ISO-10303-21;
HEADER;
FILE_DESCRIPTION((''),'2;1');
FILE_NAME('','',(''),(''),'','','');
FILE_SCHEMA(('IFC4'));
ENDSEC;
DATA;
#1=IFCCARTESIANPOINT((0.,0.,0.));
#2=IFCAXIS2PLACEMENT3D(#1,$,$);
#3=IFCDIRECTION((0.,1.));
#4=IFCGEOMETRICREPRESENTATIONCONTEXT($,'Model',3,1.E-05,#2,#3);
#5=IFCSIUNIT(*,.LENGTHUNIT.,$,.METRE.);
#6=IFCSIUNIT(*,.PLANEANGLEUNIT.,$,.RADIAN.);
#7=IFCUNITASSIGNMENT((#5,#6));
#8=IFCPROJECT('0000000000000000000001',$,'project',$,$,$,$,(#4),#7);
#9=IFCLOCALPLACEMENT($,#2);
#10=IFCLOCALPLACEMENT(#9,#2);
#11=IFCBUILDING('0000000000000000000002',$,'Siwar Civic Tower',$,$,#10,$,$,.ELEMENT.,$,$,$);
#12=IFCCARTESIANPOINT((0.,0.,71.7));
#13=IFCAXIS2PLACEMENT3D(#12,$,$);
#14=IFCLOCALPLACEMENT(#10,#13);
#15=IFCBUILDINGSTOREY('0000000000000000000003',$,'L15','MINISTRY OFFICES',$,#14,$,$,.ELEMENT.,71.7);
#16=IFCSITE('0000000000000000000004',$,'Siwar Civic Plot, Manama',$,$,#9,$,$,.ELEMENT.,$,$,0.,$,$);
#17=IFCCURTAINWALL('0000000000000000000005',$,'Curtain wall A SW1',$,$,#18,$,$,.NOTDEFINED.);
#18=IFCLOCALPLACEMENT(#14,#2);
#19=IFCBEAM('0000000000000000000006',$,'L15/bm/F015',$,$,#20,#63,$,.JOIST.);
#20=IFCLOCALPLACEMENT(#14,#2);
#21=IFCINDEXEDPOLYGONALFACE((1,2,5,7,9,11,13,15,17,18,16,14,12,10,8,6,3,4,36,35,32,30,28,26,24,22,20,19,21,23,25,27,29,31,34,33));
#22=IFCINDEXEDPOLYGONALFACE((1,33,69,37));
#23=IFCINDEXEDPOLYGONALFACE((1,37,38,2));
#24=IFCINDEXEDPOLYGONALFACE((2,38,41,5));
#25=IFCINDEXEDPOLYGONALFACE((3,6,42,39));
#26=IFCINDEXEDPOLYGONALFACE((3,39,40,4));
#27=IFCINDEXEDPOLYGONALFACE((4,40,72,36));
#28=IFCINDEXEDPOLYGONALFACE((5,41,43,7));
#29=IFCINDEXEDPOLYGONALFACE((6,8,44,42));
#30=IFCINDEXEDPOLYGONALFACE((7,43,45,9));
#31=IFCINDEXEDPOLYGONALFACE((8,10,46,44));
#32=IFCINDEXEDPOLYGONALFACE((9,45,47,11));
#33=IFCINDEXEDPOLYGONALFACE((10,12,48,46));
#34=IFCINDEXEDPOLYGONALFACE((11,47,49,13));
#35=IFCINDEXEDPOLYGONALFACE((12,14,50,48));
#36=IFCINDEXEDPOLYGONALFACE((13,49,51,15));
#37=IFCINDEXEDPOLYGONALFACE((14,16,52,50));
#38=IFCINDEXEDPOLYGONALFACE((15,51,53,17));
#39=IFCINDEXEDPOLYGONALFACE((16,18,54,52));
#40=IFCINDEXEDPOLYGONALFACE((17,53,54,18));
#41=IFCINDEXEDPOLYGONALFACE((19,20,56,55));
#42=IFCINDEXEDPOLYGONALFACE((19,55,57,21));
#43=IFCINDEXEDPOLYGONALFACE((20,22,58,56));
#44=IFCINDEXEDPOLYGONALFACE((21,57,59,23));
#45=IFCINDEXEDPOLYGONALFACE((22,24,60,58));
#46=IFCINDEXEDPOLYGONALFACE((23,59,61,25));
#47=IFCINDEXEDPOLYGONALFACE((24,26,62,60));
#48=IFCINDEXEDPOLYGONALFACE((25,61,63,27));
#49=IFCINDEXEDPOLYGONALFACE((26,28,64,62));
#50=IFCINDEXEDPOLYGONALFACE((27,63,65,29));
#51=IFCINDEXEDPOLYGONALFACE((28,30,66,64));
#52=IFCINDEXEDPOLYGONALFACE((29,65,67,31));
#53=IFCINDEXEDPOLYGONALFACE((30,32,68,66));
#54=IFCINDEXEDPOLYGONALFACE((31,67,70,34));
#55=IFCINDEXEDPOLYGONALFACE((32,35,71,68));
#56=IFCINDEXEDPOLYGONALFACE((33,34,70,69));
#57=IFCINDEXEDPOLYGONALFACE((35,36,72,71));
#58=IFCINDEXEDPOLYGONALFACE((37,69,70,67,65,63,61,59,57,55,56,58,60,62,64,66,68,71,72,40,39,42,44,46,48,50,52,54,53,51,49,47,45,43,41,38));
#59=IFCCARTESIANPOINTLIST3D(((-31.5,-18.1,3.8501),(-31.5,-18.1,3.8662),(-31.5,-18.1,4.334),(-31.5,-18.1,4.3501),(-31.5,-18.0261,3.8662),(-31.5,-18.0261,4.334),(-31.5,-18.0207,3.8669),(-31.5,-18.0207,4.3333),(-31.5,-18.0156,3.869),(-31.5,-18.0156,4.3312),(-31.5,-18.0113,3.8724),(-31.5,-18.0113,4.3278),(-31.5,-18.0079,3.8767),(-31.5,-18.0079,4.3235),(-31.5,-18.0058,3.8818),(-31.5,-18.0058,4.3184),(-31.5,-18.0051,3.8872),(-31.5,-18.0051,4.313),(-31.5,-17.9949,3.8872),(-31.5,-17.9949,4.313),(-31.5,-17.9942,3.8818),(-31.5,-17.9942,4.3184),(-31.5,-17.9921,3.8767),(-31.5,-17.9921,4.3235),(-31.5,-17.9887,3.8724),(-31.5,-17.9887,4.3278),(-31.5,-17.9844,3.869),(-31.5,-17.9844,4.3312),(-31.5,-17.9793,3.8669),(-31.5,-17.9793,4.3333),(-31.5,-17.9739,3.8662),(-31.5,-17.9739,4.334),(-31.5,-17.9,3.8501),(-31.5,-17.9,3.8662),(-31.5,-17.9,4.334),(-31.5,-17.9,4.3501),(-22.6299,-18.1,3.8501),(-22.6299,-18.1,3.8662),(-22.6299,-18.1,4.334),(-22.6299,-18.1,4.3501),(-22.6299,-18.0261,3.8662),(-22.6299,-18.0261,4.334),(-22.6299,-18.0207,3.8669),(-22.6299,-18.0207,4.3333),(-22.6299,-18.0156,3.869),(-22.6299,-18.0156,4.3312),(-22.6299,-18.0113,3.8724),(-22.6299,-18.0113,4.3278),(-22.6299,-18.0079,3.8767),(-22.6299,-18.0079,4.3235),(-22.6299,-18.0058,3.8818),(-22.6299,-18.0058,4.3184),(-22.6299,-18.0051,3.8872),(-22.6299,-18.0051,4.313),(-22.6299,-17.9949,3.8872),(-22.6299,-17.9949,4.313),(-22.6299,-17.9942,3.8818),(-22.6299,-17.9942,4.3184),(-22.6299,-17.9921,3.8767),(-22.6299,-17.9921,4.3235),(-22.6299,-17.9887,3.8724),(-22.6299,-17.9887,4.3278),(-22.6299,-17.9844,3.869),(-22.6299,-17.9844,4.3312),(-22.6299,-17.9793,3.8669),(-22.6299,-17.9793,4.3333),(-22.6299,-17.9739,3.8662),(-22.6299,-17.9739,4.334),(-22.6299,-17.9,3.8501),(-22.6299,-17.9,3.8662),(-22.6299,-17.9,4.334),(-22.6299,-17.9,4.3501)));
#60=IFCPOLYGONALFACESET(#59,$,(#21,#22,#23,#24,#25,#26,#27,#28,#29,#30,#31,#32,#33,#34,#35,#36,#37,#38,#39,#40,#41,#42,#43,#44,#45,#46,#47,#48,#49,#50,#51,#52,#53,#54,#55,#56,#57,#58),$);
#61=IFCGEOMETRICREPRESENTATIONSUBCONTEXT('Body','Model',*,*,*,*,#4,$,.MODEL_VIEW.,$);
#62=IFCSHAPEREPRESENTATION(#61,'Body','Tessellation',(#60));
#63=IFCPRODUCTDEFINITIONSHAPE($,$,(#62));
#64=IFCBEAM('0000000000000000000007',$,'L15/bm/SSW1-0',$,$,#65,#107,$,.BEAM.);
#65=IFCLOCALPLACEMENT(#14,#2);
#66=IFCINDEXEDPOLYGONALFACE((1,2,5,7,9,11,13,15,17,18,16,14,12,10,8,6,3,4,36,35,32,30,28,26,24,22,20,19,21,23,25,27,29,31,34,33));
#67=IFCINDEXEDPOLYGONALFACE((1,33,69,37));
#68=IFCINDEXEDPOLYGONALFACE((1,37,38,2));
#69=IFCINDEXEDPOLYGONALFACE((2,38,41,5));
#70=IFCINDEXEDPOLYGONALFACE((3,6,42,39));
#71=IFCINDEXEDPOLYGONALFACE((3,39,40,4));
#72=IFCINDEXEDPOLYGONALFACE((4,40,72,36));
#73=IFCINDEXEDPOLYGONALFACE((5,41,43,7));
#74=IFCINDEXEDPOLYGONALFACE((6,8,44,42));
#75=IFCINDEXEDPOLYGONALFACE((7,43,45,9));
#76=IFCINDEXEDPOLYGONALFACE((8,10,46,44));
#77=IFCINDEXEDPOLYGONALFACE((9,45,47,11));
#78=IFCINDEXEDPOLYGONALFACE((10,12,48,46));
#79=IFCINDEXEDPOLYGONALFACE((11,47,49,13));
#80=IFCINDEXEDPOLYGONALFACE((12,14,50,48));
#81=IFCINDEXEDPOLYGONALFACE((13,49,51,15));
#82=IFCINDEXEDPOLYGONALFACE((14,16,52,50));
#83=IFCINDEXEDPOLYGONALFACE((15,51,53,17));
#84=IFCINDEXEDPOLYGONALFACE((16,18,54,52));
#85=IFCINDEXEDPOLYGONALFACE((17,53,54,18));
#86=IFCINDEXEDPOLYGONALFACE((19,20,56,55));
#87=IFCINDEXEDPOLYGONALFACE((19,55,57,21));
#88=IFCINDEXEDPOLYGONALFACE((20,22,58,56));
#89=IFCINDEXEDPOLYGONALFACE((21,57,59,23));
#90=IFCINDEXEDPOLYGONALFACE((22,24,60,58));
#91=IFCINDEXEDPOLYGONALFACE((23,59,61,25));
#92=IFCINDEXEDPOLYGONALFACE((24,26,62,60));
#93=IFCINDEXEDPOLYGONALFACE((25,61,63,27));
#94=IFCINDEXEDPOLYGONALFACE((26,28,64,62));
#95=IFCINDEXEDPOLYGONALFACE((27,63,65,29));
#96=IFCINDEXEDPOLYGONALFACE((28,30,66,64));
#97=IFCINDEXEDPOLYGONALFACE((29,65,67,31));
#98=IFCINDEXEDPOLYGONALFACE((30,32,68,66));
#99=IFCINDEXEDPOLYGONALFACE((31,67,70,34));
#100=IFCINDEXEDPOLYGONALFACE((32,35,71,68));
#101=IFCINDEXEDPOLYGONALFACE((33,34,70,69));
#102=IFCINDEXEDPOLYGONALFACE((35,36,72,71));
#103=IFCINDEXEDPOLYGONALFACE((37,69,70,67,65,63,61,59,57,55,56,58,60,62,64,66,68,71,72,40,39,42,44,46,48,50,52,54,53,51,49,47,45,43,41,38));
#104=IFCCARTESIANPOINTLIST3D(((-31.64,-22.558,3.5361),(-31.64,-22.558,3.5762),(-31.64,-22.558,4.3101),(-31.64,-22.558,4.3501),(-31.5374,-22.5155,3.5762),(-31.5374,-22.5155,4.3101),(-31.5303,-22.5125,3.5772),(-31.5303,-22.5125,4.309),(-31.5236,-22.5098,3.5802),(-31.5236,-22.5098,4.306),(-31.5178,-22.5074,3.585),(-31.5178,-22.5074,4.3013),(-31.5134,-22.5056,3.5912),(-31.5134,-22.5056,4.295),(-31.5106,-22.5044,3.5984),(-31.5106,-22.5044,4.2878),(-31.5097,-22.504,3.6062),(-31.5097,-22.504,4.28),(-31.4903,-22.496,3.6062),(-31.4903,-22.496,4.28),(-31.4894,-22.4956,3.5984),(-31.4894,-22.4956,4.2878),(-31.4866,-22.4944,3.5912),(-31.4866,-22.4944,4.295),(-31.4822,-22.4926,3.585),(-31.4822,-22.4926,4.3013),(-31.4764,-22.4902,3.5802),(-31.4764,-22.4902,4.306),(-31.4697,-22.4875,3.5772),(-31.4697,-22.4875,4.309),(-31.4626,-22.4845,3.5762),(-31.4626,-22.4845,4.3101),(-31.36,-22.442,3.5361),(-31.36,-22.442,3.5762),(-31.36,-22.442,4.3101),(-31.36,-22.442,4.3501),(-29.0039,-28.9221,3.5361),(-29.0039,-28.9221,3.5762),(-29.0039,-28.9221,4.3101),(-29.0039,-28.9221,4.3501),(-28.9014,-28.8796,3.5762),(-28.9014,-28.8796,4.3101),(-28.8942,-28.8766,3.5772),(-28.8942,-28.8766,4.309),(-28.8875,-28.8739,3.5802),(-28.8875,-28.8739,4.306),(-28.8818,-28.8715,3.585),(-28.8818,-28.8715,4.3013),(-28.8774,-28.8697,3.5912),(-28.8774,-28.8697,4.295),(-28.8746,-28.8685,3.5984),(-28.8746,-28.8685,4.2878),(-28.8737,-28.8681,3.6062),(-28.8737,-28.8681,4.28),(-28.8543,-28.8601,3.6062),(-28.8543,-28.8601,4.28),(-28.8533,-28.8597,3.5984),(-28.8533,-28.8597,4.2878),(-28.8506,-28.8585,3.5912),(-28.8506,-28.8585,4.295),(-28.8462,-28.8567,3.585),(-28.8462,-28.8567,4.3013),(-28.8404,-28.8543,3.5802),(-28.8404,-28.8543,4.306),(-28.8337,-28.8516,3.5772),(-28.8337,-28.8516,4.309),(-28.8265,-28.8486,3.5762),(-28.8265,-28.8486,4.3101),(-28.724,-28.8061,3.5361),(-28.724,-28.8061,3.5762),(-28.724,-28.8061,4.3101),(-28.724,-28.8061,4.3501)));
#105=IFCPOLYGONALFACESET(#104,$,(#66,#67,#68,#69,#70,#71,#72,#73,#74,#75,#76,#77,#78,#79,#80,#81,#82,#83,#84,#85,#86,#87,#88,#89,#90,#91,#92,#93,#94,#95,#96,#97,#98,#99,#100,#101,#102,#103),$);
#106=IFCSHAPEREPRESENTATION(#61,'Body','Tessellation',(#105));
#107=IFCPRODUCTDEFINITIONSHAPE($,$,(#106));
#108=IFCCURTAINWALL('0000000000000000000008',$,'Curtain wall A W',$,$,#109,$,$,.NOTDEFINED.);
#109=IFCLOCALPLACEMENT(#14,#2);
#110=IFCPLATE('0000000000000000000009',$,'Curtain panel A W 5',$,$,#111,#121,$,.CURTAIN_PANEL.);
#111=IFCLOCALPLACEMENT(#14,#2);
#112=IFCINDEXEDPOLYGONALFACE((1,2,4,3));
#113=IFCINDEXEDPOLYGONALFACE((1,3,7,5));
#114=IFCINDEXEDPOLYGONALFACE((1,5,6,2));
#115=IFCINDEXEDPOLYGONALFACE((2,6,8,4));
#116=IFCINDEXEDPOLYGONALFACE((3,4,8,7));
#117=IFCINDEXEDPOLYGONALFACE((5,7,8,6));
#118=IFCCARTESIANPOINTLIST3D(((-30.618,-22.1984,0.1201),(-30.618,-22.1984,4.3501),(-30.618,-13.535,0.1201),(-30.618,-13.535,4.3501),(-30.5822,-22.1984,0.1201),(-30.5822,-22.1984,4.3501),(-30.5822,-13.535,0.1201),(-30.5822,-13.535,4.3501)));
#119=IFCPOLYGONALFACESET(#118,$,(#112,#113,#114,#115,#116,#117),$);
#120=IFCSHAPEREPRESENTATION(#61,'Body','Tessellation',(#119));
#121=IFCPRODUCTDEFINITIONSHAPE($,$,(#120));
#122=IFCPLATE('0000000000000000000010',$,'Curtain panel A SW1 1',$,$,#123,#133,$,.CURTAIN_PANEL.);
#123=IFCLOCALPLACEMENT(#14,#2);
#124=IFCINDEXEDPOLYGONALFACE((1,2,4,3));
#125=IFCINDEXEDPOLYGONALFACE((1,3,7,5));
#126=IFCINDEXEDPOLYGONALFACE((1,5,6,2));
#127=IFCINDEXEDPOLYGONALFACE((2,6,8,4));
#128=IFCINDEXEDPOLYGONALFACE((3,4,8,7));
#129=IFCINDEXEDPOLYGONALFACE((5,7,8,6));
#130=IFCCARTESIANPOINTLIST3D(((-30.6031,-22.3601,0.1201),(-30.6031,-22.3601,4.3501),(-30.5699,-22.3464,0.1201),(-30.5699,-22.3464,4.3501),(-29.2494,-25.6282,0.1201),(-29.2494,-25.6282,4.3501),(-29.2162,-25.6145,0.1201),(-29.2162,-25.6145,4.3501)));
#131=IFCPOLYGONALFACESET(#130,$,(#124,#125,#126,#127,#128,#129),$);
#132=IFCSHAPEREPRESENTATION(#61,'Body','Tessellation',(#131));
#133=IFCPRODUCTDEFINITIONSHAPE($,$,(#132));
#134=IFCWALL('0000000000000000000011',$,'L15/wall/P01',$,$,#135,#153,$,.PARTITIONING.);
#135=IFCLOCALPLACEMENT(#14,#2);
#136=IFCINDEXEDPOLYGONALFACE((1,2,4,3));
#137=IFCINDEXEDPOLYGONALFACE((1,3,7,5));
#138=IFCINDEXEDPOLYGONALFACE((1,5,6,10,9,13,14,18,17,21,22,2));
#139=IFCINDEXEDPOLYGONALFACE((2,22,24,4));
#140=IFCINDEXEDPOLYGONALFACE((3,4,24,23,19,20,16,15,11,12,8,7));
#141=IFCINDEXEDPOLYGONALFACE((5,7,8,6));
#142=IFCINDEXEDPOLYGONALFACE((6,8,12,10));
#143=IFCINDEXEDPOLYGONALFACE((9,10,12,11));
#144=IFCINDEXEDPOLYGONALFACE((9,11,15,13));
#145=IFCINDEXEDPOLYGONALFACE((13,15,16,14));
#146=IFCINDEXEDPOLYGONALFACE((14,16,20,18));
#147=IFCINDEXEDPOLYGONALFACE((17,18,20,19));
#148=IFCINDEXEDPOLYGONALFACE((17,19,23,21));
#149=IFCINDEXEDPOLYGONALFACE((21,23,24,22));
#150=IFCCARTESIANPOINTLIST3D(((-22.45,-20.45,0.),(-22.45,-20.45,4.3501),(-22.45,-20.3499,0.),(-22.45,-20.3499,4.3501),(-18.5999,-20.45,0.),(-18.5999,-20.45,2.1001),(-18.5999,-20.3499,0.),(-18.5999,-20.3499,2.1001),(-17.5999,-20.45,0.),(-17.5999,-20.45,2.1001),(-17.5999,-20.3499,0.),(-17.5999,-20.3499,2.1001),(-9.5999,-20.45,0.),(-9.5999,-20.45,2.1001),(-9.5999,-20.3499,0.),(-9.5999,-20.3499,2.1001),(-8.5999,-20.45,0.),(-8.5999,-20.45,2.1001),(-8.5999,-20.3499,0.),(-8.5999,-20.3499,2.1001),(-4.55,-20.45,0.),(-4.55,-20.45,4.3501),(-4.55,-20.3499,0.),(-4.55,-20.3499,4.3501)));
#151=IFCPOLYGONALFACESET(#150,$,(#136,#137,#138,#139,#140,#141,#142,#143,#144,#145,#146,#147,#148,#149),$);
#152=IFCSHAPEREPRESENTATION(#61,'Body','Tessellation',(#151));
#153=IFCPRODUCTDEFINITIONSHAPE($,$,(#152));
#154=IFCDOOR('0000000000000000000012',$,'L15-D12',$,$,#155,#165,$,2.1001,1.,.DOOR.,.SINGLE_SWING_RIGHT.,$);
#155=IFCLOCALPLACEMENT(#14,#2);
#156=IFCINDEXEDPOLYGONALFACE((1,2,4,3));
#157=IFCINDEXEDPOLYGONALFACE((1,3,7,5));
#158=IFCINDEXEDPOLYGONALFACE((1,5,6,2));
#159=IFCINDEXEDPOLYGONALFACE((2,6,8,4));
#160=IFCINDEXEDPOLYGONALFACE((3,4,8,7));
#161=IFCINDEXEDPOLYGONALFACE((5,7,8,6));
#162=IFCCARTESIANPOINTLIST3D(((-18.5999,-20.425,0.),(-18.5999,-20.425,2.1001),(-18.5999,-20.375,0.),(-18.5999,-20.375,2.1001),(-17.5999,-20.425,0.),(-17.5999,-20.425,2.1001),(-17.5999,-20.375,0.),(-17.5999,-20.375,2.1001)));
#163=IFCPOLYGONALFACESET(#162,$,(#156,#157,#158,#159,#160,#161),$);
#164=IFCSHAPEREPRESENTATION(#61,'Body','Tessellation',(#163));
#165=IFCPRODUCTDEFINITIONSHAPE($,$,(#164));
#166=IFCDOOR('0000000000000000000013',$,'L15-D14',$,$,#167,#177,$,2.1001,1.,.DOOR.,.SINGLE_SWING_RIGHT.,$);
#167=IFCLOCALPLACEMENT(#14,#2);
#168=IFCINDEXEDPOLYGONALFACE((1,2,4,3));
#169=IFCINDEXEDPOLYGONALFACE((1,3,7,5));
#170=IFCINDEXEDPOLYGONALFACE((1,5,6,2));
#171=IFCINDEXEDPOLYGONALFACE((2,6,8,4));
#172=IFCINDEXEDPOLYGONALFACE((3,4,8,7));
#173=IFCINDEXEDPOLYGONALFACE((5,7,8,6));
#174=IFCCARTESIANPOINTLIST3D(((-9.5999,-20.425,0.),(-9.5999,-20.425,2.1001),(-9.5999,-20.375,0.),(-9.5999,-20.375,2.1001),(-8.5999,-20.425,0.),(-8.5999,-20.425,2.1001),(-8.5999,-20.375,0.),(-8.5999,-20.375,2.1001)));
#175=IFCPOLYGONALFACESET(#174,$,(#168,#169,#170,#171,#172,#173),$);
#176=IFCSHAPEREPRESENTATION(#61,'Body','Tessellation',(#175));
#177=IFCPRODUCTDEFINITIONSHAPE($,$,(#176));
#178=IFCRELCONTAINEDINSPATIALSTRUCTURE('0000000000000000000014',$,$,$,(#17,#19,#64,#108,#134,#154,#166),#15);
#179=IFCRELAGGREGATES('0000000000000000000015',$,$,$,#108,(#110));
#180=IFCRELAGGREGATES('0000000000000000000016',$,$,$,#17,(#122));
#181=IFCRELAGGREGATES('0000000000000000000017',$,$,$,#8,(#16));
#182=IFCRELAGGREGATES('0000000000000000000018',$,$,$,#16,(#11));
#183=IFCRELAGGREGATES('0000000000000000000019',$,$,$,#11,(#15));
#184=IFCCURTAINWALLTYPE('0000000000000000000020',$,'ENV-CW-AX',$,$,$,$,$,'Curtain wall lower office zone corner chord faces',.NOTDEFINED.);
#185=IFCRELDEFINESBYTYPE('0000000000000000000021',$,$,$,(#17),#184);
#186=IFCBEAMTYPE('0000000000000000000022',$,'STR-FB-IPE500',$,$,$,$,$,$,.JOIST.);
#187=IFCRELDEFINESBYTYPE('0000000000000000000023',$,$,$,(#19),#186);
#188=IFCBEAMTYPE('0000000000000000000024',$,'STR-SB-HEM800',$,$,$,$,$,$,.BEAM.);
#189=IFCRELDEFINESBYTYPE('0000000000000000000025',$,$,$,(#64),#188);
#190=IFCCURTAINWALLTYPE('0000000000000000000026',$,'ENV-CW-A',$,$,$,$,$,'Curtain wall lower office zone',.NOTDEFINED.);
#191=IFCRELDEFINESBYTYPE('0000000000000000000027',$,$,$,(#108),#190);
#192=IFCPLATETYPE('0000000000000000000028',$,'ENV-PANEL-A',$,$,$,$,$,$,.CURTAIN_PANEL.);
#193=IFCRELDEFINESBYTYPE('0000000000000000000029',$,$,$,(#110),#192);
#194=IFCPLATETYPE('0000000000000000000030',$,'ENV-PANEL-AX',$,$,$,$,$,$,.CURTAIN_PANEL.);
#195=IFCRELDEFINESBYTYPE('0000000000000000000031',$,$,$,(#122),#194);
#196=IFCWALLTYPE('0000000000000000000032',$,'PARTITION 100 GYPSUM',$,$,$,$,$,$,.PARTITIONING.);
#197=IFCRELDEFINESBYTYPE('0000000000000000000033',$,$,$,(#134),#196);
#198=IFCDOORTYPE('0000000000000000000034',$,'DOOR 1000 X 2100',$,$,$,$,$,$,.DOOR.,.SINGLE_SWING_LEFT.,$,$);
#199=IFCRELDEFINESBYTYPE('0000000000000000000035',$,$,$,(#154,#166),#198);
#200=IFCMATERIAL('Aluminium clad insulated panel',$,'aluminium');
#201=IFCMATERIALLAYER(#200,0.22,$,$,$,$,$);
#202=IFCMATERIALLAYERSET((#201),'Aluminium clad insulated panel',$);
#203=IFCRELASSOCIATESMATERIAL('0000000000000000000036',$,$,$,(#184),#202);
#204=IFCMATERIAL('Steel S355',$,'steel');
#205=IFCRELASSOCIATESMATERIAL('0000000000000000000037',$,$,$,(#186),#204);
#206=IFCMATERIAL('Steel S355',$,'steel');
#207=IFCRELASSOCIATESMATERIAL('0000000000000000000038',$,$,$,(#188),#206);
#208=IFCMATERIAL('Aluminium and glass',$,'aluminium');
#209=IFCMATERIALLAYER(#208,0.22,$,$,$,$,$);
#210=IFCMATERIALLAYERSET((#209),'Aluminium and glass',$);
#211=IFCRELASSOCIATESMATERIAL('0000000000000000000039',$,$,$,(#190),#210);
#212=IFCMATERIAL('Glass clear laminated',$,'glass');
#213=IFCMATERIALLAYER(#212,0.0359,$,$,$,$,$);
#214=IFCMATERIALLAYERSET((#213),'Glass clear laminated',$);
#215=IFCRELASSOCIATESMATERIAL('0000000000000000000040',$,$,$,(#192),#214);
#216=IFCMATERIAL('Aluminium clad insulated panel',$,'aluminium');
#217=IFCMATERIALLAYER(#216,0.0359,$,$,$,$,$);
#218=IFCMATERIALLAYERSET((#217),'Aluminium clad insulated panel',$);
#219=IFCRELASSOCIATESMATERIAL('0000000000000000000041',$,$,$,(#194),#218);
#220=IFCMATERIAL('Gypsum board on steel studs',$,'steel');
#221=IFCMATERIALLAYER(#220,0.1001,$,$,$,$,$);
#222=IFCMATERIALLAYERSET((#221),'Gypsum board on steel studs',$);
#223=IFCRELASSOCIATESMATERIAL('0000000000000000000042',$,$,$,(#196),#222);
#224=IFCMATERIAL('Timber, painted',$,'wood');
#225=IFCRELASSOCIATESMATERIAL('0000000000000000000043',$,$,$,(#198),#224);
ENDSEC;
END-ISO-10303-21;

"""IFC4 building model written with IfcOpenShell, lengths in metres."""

from ifc_helpers import new_model, si_unit, direction, frame, frame_2d, origin, origin_2d, place, context, subcontext, project, spatial, rectangle, i_section, extrude, material, layer, layer_set, material_profile, profile_set, type_object, element, fill, aggregate, save


model = new_model("IFC4")

# Units and contexts
model_context = context("Model", 3, precision=1e-05, world=origin(), true_north=direction((0.0, 1.0)))
body_context = subcontext(model_context, "Body", "Model", "MODEL_VIEW")
ifc_project = project(units=[si_unit("LENGTHUNIT", "METRE"), si_unit("PLANEANGLEUNIT", "RADIAN")], contexts=[model_context])

# Site, building, storey
site_placement = place(None, origin())
site = spatial("IfcSite", under=ifc_project, at=site_placement, Name="Siwar Civic Plot, Manama", CompositionType="ELEMENT", RefElevation=0.0)
building_placement = place(site_placement, origin())
building = spatial("IfcBuilding", under=site, at=building_placement, Name="Siwar Civic Tower", CompositionType="ELEMENT")
storey_placement = place(building_placement, frame((0.0, 0.0, 71.7)))
storey = spatial("IfcBuildingStorey", under=building, at=storey_placement, Name="L15", Description="MINISTRY OFFICES", CompositionType="ELEMENT", Elevation=71.7)

# Curtain wall
ifc_material_1 = material(Name="Aluminium clad insulated panel", Category="aluminium")
ifc_layer_1 = layer(ifc_material_1, 0.22)
ifc_layer_set_1 = layer_set([ifc_layer_1], Name="Aluminium clad insulated panel")
curtain_wall_type_1 = type_object("IfcCurtainWallType", Name="ENV-CW-AX", ElementType="Curtain wall lower office zone corner chord faces", PredefinedType="NOTDEFINED", material=ifc_layer_set_1)
curtain_wall_1_placement = place(storey_placement, origin())
curtain_wall_1 = element("IfcCurtainWall", 1, at=curtain_wall_1_placement, inside=storey, type_object=curtain_wall_type_1, Name="Curtain wall A SW1", PredefinedType="NOTDEFINED")

# Beams
ifc_material_2 = material(Name="Steel S355", Category="steel")
ifc_material_profile_1 = material_profile(ifc_material_2, i_section(OverallWidth=0.2, OverallDepth=0.5, WebThickness=0.0103, FlangeThickness=0.0161, FilletRadius=0.021, at=origin_2d()), Name="IPE500")
ifc_profile_set_1 = profile_set([ifc_material_profile_1], Name="Steel S355")
beam_type_1 = type_object("IfcBeamType", Name="STR-FB-IPE500", PredefinedType="JOIST", material=ifc_profile_set_1)
beam_1_placement = place(storey_placement, frame((-31.5, -18.0, 4.1001), z_axis=(1.0, 0.0, 0.0), x_axis=(0.0, 1.0, 0.0)))
element("IfcBeam", 2, at=beam_1_placement, inside=storey, type_object=beam_type_1, Name="L15/bm/F015", PredefinedType="JOIST", context=body_context, shape_type="SweptSolid", body=[
    extrude(i_section(OverallWidth=0.2, OverallDepth=0.5, WebThickness=0.0103, FlangeThickness=0.0161, FilletRadius=0.021, at=origin_2d()), origin(), (0.0, 0.0, 1.0), 8.8701),
])
ifc_material_3 = material(Name="Steel S355", Category="steel")
ifc_material_profile_2 = material_profile(ifc_material_3, i_section(OverallWidth=0.303, OverallDepth=0.814, WebThickness=0.021, FlangeThickness=0.04, FilletRadius=0.03, at=origin_2d()), Name="HEM800")
ifc_profile_set_2 = profile_set([ifc_material_profile_2], Name="Steel S355")
beam_type_2 = type_object("IfcBeamType", Name="STR-SB-HEM800", PredefinedType="BEAM", material=ifc_profile_set_2)
beam_2_placement = place(storey_placement, frame((-31.5, -22.5, 3.9431), z_axis=(0.382674, -0.923883, 0.0), x_axis=(0.923883, 0.382674, 0.0)))
element("IfcBeam", 3, at=beam_2_placement, inside=storey, type_object=beam_type_2, Name="L15/bm/SSW1-0", PredefinedType="BEAM", context=body_context, shape_type="SweptSolid", body=[
    extrude(i_section(OverallWidth=0.303, OverallDepth=0.814, WebThickness=0.021, FlangeThickness=0.04, FilletRadius=0.03, at=origin_2d()), origin(), (0.0, 0.0, 1.0), 6.8884),
])

# Curtain wall, plate
ifc_material_4 = material(Name="Aluminium and glass", Category="aluminium")
ifc_layer_2 = layer(ifc_material_4, 0.22)
ifc_layer_set_2 = layer_set([ifc_layer_2], Name="Aluminium and glass")
curtain_wall_type_2 = type_object("IfcCurtainWallType", Name="ENV-CW-A", ElementType="Curtain wall lower office zone", PredefinedType="NOTDEFINED", material=ifc_layer_set_2)
curtain_wall_2_placement = place(storey_placement, origin())
curtain_wall_2 = element("IfcCurtainWall", 4, at=curtain_wall_2_placement, inside=storey, type_object=curtain_wall_type_2, Name="Curtain wall A W", PredefinedType="NOTDEFINED")
ifc_material_5 = material(Name="Glass clear laminated", Category="glass")
ifc_layer_3 = layer(ifc_material_5, 0.0359)
ifc_layer_set_3 = layer_set([ifc_layer_3], Name="Glass clear laminated")
plate_type_1 = type_object("IfcPlateType", Name="ENV-PANEL-A", PredefinedType="CURTAIN_PANEL", material=ifc_layer_set_3)
plate_1_placement = place(storey_placement, frame((-30.6001, -17.8667, 0.1201), z_axis=(0.0, 0.0, 1.0), x_axis=(0.0, -1.0, 0.0)))
plate_1 = element("IfcPlate", 5, at=plate_1_placement, type_object=plate_type_1, Name="Curtain panel A W 5", PredefinedType="CURTAIN_PANEL", context=body_context, shape_type="SweptSolid", body=[
    extrude(rectangle(XDim=8.6633, YDim=0.0359, at=origin_2d()), origin(), (0.0, 0.0, 1.0), 4.23),
])
aggregate(curtain_wall_2, [plate_1])

# Plate
ifc_material_6 = material(Name="Aluminium clad insulated panel", Category="aluminium")
ifc_layer_4 = layer(ifc_material_6, 0.0359)
ifc_layer_set_4 = layer_set([ifc_layer_4], Name="Aluminium clad insulated panel")
plate_type_2 = type_object("IfcPlateType", Name="ENV-PANEL-AX", PredefinedType="CURTAIN_PANEL", material=ifc_layer_set_4)
plate_2_placement = place(storey_placement, frame((-29.9097, -23.9873, 0.1201), z_axis=(0.0, 0.0, 1.0), x_axis=(0.382683, -0.92388, 0.0)))
plate_2 = element("IfcPlate", 6, at=plate_2_placement, type_object=plate_type_2, Name="Curtain panel A SW1 1", PredefinedType="CURTAIN_PANEL", context=body_context, shape_type="SweptSolid", body=[
    extrude(rectangle(XDim=3.5374, YDim=0.0359, at=origin_2d()), origin(), (0.0, 0.0, 1.0), 4.23),
])
aggregate(curtain_wall_1, [plate_2])

# Wall, openings, doors
ifc_material_7 = material(Name="Gypsum board on steel studs", Category="steel")
ifc_layer_5 = layer(ifc_material_7, 0.1001)
ifc_layer_set_5 = layer_set([ifc_layer_5], Name="Gypsum board on steel studs")
wall_type = type_object("IfcWallType", Name="PARTITION 100 GYPSUM", PredefinedType="PARTITIONING", material=ifc_layer_set_5)
wall_placement = place(storey_placement, frame((-22.45, -20.3999, 0.0), z_axis=(0.0, 0.0, 1.0), x_axis=(1.0, 0.0, 0.0)))
wall = element("IfcWall", 7, at=wall_placement, inside=storey, type_object=wall_type, Name="L15/wall/P01", PredefinedType="PARTITIONING", context=body_context, shape_type="SweptSolid", body=[
    extrude(rectangle(XDim=17.8999, YDim=0.1001, at=frame_2d((8.95, 0.0))), origin(), (0.0, 0.0, 1.0), 4.3501),
])
opening_1_placement = place(wall_placement, frame((3.8501, 0.0, 0.0)))
opening_1 = element("IfcOpeningElement", 8, at=opening_1_placement, cuts=wall, PredefinedType="OPENING", context=body_context, shape_type="SweptSolid", body=[
    extrude(rectangle(XDim=1.0, YDim=2.1001, at=frame_2d((0.5, 1.05))), frame((0.0, 0.0601, 0.0), z_axis=(0.0, -1.0, 0.0), x_axis=(1.0, 0.0, 0.0)), (0.0, 0.0, 1.0), 0.1201),
])
opening_2_placement = place(wall_placement, frame((12.8501, 0.0, 0.0)))
opening_2 = element("IfcOpeningElement", 9, at=opening_2_placement, cuts=wall, PredefinedType="OPENING", context=body_context, shape_type="SweptSolid", body=[
    extrude(rectangle(XDim=1.0, YDim=2.1001, at=frame_2d((0.5, 1.05))), frame((0.0, 0.0601, 0.0), z_axis=(0.0, -1.0, 0.0), x_axis=(1.0, 0.0, 0.0)), (0.0, 0.0, 1.0), 0.1201),
])
ifc_material_8 = material(Name="Timber, painted", Category="wood")
door_type = type_object("IfcDoorType", Name="DOOR 1000 X 2100", OperationType="SINGLE_SWING_LEFT", PredefinedType="DOOR", material=ifc_material_8)
door_1_placement = place(opening_1_placement, origin())
door_1 = element("IfcDoor", 10, at=door_1_placement, inside=storey, type_object=door_type, Name="L15-D12", OperationType="SINGLE_SWING_RIGHT", OverallHeight=2.1001, OverallWidth=1.0, PredefinedType="DOOR", context=body_context, shape_type="SweptSolid", body=[
    extrude(rectangle(XDim=1.0, YDim=2.1001, at=frame_2d((0.5, 1.05))), frame((0.0, 0.0249, 0.0), z_axis=(0.0, -1.0, 0.0), x_axis=(1.0, 0.0, 0.0)), (0.0, 0.0, 1.0), 0.05),
])
fill(opening_1, door_1)
door_2_placement = place(opening_2_placement, origin())
door_2 = element("IfcDoor", 11, at=door_2_placement, inside=storey, type_object=door_type, Name="L15-D14", OperationType="SINGLE_SWING_RIGHT", OverallHeight=2.1001, OverallWidth=1.0, PredefinedType="DOOR", context=body_context, shape_type="SweptSolid", body=[
    extrude(rectangle(XDim=1.0, YDim=2.1001, at=frame_2d((0.5, 1.05))), frame((0.0, 0.0249, 0.0), z_axis=(0.0, -1.0, 0.0), x_axis=(1.0, 0.0, 0.0)), (0.0, 0.0, 1.0), 0.05),
])
fill(opening_2, door_2)

save(model, "model.ifc")
